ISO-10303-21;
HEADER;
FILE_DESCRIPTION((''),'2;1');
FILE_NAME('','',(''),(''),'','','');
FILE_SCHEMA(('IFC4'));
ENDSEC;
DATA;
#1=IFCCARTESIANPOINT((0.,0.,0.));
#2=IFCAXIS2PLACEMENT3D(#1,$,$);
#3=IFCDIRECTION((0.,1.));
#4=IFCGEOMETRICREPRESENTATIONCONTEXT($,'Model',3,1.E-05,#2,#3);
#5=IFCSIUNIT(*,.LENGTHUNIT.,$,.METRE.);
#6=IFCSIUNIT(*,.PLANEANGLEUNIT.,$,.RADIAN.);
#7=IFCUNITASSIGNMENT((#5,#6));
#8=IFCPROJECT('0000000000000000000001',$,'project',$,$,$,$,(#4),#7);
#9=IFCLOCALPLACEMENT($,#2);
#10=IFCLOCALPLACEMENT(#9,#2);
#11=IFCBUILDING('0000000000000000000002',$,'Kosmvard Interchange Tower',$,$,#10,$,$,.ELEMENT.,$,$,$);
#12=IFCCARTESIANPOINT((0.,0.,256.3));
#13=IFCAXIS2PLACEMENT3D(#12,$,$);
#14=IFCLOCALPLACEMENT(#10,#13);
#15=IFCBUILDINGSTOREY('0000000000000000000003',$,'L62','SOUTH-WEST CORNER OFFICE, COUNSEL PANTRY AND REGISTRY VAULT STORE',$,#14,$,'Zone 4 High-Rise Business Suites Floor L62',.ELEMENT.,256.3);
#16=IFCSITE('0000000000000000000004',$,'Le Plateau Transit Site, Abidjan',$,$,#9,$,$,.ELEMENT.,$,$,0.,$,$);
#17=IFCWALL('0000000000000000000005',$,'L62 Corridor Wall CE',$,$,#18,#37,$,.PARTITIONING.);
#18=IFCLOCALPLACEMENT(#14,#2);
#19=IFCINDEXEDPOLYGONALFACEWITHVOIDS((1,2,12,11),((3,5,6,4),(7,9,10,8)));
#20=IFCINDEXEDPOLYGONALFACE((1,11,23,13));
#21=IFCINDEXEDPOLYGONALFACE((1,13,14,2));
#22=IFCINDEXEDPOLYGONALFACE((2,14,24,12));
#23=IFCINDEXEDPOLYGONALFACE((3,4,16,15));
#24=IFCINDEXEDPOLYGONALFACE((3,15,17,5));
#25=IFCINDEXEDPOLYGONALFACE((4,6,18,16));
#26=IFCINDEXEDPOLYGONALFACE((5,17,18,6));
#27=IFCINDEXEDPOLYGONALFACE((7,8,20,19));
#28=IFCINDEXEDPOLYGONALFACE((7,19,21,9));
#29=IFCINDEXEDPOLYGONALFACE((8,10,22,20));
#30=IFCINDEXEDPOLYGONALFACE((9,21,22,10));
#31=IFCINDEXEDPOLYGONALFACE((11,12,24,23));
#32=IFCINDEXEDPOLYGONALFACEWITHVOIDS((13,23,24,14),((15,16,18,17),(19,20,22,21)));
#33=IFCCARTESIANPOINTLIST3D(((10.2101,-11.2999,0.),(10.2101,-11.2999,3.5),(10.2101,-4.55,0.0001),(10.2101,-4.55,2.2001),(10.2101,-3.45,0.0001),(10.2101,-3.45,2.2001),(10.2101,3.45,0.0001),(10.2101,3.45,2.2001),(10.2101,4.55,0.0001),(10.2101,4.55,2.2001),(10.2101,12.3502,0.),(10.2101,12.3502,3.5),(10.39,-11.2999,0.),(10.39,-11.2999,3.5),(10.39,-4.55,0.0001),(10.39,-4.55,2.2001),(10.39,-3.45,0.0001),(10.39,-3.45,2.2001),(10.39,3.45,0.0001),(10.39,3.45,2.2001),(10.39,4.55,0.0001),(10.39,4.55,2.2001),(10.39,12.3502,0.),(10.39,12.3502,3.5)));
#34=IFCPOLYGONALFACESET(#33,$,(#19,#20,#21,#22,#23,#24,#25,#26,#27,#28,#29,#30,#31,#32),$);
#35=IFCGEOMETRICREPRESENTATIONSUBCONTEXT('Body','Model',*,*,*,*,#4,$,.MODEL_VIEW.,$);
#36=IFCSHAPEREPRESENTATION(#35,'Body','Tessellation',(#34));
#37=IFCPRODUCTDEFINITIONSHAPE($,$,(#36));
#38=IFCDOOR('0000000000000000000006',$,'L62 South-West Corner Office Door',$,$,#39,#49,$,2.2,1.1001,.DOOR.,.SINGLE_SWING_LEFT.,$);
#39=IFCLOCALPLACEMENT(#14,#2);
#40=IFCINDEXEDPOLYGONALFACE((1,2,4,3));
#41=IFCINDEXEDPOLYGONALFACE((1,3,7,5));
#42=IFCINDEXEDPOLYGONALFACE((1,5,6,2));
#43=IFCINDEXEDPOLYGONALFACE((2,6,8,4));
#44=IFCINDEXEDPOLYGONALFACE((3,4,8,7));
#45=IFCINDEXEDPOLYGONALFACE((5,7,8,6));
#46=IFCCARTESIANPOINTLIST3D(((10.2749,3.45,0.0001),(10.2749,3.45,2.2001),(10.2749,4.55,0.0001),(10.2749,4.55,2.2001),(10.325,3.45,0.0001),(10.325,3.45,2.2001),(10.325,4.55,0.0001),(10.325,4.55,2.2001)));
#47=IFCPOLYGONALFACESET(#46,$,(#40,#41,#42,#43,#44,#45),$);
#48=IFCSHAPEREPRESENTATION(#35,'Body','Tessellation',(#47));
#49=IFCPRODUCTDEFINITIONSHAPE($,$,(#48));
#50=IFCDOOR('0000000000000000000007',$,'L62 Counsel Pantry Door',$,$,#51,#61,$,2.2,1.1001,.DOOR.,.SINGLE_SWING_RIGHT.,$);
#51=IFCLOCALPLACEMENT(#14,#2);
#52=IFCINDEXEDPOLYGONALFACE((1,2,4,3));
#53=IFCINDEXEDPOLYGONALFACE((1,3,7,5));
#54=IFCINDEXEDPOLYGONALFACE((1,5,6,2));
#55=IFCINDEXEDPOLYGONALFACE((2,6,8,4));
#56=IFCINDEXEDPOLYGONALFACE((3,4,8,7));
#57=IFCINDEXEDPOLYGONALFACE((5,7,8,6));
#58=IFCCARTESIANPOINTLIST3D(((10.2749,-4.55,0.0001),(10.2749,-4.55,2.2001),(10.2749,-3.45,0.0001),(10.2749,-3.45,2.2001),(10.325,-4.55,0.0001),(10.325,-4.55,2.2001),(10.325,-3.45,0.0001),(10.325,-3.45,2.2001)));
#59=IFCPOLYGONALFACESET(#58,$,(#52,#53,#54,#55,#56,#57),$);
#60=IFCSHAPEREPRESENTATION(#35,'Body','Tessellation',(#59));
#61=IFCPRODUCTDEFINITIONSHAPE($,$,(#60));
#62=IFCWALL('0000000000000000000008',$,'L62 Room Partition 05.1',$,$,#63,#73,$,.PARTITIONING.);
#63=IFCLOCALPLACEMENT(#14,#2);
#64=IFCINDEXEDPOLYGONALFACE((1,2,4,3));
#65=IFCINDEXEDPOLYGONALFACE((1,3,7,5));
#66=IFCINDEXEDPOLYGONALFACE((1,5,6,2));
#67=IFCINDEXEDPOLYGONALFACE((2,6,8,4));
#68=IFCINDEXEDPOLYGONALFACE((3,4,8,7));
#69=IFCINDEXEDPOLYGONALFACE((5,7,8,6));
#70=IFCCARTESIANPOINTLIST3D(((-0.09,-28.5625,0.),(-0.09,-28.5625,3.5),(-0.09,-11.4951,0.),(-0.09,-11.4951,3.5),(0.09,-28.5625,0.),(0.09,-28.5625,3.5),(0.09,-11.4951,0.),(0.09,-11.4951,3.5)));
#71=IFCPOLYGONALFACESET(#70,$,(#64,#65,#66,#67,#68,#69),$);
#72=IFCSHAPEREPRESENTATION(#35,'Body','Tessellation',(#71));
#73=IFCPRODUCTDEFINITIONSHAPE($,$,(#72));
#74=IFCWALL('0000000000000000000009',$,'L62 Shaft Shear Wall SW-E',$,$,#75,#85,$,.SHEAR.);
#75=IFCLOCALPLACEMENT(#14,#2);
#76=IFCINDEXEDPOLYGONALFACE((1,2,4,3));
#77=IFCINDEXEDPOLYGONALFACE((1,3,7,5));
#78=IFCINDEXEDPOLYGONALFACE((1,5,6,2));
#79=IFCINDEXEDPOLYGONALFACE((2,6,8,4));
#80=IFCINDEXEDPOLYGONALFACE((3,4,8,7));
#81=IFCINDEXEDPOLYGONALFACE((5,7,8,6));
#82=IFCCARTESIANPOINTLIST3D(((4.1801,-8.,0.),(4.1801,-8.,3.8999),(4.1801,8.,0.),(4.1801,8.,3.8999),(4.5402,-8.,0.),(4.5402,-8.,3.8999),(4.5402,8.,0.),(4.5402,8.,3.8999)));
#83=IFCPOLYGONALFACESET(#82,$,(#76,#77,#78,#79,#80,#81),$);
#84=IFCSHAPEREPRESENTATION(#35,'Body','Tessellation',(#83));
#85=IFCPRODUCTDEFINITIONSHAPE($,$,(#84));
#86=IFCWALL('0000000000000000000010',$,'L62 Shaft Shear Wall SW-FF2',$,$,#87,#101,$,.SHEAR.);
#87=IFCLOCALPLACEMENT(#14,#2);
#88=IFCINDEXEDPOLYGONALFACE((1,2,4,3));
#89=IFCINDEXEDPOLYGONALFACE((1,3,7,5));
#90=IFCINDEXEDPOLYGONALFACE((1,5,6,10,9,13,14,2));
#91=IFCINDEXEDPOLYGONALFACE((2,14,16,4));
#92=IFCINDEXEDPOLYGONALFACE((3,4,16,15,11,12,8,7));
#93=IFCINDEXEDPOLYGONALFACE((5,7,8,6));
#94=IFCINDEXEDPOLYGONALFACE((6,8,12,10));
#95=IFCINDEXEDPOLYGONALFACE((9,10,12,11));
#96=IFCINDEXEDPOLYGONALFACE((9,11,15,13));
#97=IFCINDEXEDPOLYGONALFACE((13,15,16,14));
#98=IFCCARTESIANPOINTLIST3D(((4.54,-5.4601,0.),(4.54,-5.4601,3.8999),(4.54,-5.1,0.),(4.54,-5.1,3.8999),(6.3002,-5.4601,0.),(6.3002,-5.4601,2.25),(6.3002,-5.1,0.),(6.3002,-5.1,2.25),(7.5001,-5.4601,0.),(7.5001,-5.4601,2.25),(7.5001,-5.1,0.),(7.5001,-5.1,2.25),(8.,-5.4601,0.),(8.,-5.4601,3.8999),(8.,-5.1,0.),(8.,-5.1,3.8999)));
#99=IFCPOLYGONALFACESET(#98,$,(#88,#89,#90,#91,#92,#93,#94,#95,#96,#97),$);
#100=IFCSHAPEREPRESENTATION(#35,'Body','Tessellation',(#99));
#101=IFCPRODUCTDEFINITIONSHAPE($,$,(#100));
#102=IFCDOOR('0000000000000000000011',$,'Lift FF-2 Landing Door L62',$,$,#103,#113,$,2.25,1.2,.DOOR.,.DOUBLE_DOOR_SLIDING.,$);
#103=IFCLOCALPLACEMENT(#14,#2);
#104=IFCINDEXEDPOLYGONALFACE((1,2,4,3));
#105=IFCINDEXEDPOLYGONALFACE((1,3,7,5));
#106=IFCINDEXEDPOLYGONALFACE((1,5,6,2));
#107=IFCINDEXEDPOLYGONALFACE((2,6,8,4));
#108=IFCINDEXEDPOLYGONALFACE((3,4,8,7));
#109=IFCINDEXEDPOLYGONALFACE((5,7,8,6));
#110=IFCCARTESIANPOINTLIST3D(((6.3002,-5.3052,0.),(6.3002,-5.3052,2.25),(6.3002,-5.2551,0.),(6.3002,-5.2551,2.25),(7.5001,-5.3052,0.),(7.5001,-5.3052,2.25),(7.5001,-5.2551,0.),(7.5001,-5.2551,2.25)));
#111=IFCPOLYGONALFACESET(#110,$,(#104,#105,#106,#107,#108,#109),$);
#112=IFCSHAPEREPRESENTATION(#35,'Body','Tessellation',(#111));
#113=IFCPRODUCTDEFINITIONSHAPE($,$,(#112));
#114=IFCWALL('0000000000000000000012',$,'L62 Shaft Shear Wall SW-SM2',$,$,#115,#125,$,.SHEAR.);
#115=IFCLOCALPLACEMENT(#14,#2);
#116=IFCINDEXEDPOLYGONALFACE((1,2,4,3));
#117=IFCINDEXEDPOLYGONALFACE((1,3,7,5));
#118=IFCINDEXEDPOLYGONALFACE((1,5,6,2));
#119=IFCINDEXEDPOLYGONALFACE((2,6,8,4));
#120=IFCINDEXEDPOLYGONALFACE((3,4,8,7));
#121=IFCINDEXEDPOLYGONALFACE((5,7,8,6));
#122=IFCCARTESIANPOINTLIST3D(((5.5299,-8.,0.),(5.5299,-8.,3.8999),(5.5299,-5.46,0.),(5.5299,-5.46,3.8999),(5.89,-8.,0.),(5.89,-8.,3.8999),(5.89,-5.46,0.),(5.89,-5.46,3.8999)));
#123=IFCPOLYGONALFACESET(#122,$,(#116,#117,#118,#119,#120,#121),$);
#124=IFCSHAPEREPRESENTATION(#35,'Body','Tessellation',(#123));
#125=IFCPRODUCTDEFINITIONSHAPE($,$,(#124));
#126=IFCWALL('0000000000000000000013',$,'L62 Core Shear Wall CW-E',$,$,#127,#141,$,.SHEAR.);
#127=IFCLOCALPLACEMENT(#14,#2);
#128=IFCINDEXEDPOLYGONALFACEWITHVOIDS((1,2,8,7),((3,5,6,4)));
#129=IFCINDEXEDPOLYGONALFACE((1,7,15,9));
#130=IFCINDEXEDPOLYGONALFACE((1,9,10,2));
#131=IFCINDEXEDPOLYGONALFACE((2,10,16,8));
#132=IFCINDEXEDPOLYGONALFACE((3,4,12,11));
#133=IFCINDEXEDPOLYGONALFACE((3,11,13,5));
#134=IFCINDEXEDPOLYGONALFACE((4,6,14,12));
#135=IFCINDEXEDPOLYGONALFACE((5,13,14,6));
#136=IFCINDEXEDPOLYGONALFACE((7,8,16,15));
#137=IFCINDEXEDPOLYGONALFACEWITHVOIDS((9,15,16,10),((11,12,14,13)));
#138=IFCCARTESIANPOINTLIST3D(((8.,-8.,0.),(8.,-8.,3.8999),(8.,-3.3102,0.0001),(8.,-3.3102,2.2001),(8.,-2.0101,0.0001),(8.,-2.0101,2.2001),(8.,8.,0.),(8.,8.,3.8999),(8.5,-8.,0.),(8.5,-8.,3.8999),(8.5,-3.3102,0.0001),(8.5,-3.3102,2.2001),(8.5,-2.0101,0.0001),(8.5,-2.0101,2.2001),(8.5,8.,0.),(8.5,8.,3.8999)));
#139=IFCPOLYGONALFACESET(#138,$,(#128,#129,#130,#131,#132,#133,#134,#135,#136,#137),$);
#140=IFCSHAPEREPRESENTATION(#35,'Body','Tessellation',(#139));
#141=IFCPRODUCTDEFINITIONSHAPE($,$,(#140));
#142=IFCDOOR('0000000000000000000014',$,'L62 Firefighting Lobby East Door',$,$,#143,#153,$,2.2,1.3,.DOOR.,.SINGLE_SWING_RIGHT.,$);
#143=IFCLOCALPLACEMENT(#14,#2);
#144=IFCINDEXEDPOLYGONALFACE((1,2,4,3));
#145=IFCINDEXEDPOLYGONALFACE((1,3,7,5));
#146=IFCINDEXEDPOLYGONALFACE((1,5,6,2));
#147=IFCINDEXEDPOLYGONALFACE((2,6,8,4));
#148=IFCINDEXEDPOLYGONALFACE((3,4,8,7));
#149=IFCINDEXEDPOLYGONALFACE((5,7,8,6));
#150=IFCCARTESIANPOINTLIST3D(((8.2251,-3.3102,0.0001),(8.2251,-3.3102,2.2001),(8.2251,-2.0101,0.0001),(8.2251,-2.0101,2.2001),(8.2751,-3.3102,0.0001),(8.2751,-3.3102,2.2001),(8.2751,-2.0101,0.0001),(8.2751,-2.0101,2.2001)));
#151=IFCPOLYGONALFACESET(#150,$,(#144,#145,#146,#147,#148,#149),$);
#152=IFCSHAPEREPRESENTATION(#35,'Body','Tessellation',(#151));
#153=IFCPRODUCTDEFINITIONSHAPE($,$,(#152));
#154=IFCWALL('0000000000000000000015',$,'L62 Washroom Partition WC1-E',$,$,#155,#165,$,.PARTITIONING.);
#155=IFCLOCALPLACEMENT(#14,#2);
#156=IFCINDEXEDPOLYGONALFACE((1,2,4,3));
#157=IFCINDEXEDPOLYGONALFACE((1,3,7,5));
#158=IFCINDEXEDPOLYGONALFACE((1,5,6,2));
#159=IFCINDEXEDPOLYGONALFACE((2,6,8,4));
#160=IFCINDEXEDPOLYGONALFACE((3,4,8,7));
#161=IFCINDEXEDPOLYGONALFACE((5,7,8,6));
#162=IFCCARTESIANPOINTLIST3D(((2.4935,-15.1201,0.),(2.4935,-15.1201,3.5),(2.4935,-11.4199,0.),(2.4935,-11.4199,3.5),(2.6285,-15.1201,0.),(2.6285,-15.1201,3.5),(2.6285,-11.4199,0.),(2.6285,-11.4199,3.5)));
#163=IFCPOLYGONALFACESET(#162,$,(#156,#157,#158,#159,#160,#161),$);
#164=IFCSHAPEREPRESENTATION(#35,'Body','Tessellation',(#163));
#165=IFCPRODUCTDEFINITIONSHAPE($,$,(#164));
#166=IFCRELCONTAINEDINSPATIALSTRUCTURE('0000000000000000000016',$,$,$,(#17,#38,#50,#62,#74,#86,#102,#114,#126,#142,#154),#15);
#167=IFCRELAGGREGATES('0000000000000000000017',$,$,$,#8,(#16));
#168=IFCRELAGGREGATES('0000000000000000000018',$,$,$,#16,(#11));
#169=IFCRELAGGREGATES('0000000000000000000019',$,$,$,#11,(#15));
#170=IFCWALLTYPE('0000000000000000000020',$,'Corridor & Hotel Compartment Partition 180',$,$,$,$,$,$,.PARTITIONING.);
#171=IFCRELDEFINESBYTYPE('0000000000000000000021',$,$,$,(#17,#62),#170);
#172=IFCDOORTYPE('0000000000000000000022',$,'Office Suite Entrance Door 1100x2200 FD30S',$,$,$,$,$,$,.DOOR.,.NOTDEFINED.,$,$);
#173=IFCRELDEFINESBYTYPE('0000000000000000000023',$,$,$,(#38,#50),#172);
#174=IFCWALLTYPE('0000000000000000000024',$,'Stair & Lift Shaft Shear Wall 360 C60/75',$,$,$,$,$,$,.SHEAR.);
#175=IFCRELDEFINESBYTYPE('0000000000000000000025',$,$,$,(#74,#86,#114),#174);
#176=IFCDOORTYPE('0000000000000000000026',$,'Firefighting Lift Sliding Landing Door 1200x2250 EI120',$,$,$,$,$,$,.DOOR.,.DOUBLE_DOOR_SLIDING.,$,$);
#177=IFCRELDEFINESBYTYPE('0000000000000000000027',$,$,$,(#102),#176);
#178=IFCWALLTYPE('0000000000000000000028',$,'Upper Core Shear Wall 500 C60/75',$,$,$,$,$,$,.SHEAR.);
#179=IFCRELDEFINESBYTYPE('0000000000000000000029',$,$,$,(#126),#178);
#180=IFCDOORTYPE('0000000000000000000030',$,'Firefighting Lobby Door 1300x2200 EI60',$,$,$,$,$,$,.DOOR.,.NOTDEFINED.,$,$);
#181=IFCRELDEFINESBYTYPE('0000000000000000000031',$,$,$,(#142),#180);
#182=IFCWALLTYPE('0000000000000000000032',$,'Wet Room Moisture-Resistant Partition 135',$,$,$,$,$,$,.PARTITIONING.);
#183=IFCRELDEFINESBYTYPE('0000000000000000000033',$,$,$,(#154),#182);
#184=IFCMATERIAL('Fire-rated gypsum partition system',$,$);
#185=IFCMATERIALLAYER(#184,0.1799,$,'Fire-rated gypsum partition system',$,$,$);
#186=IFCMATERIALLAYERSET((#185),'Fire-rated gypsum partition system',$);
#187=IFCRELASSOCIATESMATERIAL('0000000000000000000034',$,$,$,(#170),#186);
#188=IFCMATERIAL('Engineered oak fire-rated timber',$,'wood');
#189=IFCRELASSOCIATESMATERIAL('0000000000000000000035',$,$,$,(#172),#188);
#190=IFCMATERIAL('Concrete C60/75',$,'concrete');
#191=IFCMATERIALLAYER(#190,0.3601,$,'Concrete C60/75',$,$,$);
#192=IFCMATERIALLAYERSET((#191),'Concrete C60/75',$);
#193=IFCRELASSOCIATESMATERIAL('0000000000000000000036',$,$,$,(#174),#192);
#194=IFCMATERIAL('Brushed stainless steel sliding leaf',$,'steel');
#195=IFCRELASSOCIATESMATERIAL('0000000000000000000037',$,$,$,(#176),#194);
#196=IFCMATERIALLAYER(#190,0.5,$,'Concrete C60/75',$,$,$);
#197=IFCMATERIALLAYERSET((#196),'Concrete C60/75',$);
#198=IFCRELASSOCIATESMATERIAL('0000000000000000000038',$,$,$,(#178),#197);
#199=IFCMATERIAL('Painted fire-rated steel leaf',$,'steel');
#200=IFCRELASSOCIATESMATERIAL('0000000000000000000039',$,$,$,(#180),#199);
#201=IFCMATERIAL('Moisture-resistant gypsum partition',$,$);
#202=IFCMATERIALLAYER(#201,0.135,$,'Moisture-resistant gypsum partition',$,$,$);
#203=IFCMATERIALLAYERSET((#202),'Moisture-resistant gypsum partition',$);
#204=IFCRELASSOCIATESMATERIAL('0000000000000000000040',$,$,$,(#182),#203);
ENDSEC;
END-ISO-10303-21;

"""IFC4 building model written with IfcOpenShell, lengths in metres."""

from ifc_helpers import new_model, si_unit, direction, frame, frame_2d, origin, place, context, subcontext, project, spatial, rectangle, extrude, source, transform, mapped, material, layer, layer_set, type_object, element, fill, save


model = new_model("IFC4")

# Units and contexts
model_context = context("Model", 3, precision=1e-05, world=origin(), true_north=direction((0.0, 1.0)))
body_context = subcontext(model_context, "Body", "Model", "MODEL_VIEW")
ifc_project = project(units=[si_unit("LENGTHUNIT", "METRE"), si_unit("PLANEANGLEUNIT", "RADIAN")], contexts=[model_context])

# Site, building, storey
site_placement = place(None, origin())
site = spatial("IfcSite", under=ifc_project, at=site_placement, Name="Le Plateau Transit Site, Abidjan", CompositionType="ELEMENT", RefElevation=0.0)
building_placement = place(site_placement, origin())
building = spatial("IfcBuilding", under=site, at=building_placement, Name="Kosmvard Interchange Tower", CompositionType="ELEMENT")
storey_placement = place(building_placement, frame((0.0, 0.0, 256.3)))
storey = spatial("IfcBuildingStorey", under=building, at=storey_placement, Name="L62", Description="SOUTH-WEST CORNER OFFICE, COUNSEL PANTRY AND REGISTRY VAULT STORE", LongName="Zone 4 High-Rise Business Suites Floor L62", CompositionType="ELEMENT", Elevation=256.3)

# Shared definitions
ifc_material_1 = material(Name="Concrete C60/75", Category="concrete")

# Wall, openings, doors
ifc_material_2 = material(Name="Fire-rated gypsum partition system")
ifc_layer_1 = layer(ifc_material_2, 0.1799, Name="Fire-rated gypsum partition system")
ifc_layer_set_1 = layer_set([ifc_layer_1], Name="Fire-rated gypsum partition system")
wall_type_1 = type_object("IfcWallType", Name="Corridor & Hotel Compartment Partition 180", PredefinedType="PARTITIONING", material=ifc_layer_set_1)
ifc_material_3 = material(Name="Painted fire-rated steel leaf", Category="steel")
ifc_material_4 = material(Name="Brushed stainless steel sliding leaf", Category="steel")
shared_shape_1 = source(origin(), body_context, "Body", "SweptSolid", [
    extrude(rectangle(XDim=1.1001, YDim=2.2, at=frame_2d((0.55, 1.1001))), frame((0.0, 0.0249, 0.0), z_axis=(0.0, -1.0, 0.0), x_axis=(1.0, 0.0, 0.0)), (0.0, 0.0, 1.0), 0.05),
])
wall_1_placement = place(storey_placement, frame((10.3, -11.3, 0.0), z_axis=(0.0, 0.0, 1.0), x_axis=(0.0, 1.0, 0.0)))
wall_1 = element("IfcWall", 1, at=wall_1_placement, inside=storey, type_object=wall_type_1, Name="L62 Corridor Wall CE", PredefinedType="PARTITIONING", context=body_context, shape_type="SweptSolid", body=[
    extrude(rectangle(XDim=23.6501, YDim=0.1799, at=frame_2d((11.8252, 0.0))), origin(), (0.0, 0.0, 1.0), 3.5),
])
opening_1_placement = place(wall_1_placement, frame((14.75, 0.0, 0.0)))
opening_1 = element("IfcOpeningElement", 2, at=opening_1_placement, cuts=wall_1, PredefinedType="OPENING", context=body_context, shape_type="SweptSolid", body=[
    extrude(rectangle(XDim=1.1001, YDim=2.2, at=frame_2d((0.55, 1.1001))), frame((0.0, 0.1001, 0.0), z_axis=(0.0, -1.0, 0.0), x_axis=(1.0, 0.0, 0.0)), (0.0, 0.0, 1.0), 0.2),
])
opening_2_placement = place(wall_1_placement, frame((6.75, 0.0, 0.0)))
opening_2 = element("IfcOpeningElement", 3, at=opening_2_placement, cuts=wall_1, PredefinedType="OPENING", context=body_context, shape_type="SweptSolid", body=[
    extrude(rectangle(XDim=1.1001, YDim=2.2, at=frame_2d((0.55, 1.1001))), frame((0.0, 0.1001, 0.0), z_axis=(0.0, -1.0, 0.0), x_axis=(1.0, 0.0, 0.0)), (0.0, 0.0, 1.0), 0.2),
])
ifc_material_5 = material(Name="Engineered oak fire-rated timber", Category="wood")
door_type_1 = type_object("IfcDoorType", Name="Office Suite Entrance Door 1100x2200 FD30S", OperationType="NOTDEFINED", PredefinedType="DOOR", material=ifc_material_5)
door_1_placement = place(opening_1_placement, frame((1.1001, 0.0, 0.0), z_axis=(0.0, 0.0, 1.0), x_axis=(-1.0, 0.0, 0.0)))
door_1 = element("IfcDoor", 4, at=door_1_placement, inside=storey, type_object=door_type_1, Name="L62 South-West Corner Office Door", OperationType="SINGLE_SWING_LEFT", OverallHeight=2.2, OverallWidth=1.1001, PredefinedType="DOOR", context=body_context, shape_type="MappedRepresentation", body=[
    mapped(shared_shape_1, transform((0.0, 0.0, 0.0), scale=1.0)),
])
fill(opening_1, door_1)
door_2_placement = place(opening_2_placement, frame((1.1001, 0.0, 0.0), z_axis=(0.0, 0.0, 1.0), x_axis=(-1.0, 0.0, 0.0)))
door_2 = element("IfcDoor", 5, at=door_2_placement, inside=storey, type_object=door_type_1, Name="L62 Counsel Pantry Door", OperationType="SINGLE_SWING_RIGHT", OverallHeight=2.2, OverallWidth=1.1001, PredefinedType="DOOR", context=body_context, shape_type="MappedRepresentation", body=[
    mapped(shared_shape_1, transform((0.0, 0.0, 0.0), scale=1.0)),
])
fill(opening_2, door_2)

# Walls
wall_2_placement = place(storey_placement, frame((0.0, -11.4951, 0.0), z_axis=(0.0, 0.0, 1.0), x_axis=(0.0, -1.0, 0.0)))
element("IfcWall", 6, at=wall_2_placement, inside=storey, type_object=wall_type_1, Name="L62 Room Partition 05.1", PredefinedType="PARTITIONING", context=body_context, shape_type="SweptSolid", body=[
    extrude(rectangle(XDim=17.0674, YDim=0.1799, at=frame_2d((8.5337, 0.0))), origin(), (0.0, 0.0, 1.0), 3.5),
])
ifc_layer_2 = layer(ifc_material_1, 0.3601, Name="Concrete C60/75")
ifc_layer_set_2 = layer_set([ifc_layer_2], Name="Concrete C60/75")
wall_type_2 = type_object("IfcWallType", Name="Stair & Lift Shaft Shear Wall 360 C60/75", PredefinedType="SHEAR", material=ifc_layer_set_2)
wall_3_placement = place(storey_placement, frame((4.3601, -8.0, 0.0), z_axis=(0.0, 0.0, 1.0), x_axis=(0.0, 1.0, 0.0)))
element("IfcWall", 7, at=wall_3_placement, inside=storey, type_object=wall_type_2, Name="L62 Shaft Shear Wall SW-E", PredefinedType="SHEAR", context=body_context, shape_type="SweptSolid", body=[
    extrude(rectangle(XDim=16.0, YDim=0.3601, at=frame_2d((8.0, 0.0))), origin(), (0.0, 0.0, 1.0), 3.8999),
])

# Wall, opening, door
wall_4_placement = place(storey_placement, frame((4.54, -5.28, 0.0), z_axis=(0.0, 0.0, 1.0), x_axis=(1.0, 0.0, 0.0)))
wall_4 = element("IfcWall", 8, at=wall_4_placement, inside=storey, type_object=wall_type_2, Name="L62 Shaft Shear Wall SW-FF2", PredefinedType="SHEAR", context=body_context, shape_type="SweptSolid", body=[
    extrude(rectangle(XDim=3.46, YDim=0.3601, at=frame_2d((1.73, 0.0))), origin(), (0.0, 0.0, 1.0), 3.8999),
])
opening_3_placement = place(wall_4_placement, frame((1.76, 0.0, 0.0)))
opening_3 = element("IfcOpeningElement", 9, at=opening_3_placement, cuts=wall_4, PredefinedType="OPENING", context=body_context, shape_type="SweptSolid", body=[
    extrude(rectangle(XDim=1.2, YDim=2.25, at=frame_2d((0.6001, 1.125))), frame((0.0, 0.1899, 0.0), z_axis=(0.0, -1.0, 0.0), x_axis=(1.0, 0.0, 0.0)), (0.0, 0.0, 1.0), 0.3801),
])
door_type_2 = type_object("IfcDoorType", Name="Firefighting Lift Sliding Landing Door 1200x2250 EI120", OperationType="DOUBLE_DOOR_SLIDING", PredefinedType="DOOR", material=ifc_material_4)
shared_shape_2 = source(origin(), body_context, "Body", "SweptSolid", [
    extrude(rectangle(XDim=1.2, YDim=2.25, at=frame_2d((0.6001, 1.125))), frame((0.0, 0.0249, 0.0), z_axis=(0.0, -1.0, 0.0), x_axis=(1.0, 0.0, 0.0)), (0.0, 0.0, 1.0), 0.05),
])
door_3_placement = place(opening_3_placement, origin())
door_3 = element("IfcDoor", 10, at=door_3_placement, inside=storey, type_object=door_type_2, Name="Lift FF-2 Landing Door L62", OperationType="DOUBLE_DOOR_SLIDING", OverallHeight=2.25, OverallWidth=1.2, PredefinedType="DOOR", context=body_context, shape_type="MappedRepresentation", body=[
    mapped(shared_shape_2, transform((0.0, 0.0, 0.0), scale=1.0)),
])
fill(opening_3, door_3)

# Wall
wall_5_placement = place(storey_placement, frame((5.71, -8.0, 0.0), z_axis=(0.0, 0.0, 1.0), x_axis=(0.0, 1.0, 0.0)))
element("IfcWall", 11, at=wall_5_placement, inside=storey, type_object=wall_type_2, Name="L62 Shaft Shear Wall SW-SM2", PredefinedType="SHEAR", context=body_context, shape_type="SweptSolid", body=[
    extrude(rectangle(XDim=2.54, YDim=0.3601, at=frame_2d((1.27, 0.0))), origin(), (0.0, 0.0, 1.0), 3.8999),
])

# Wall, opening, door
ifc_layer_3 = layer(ifc_material_1, 0.5, Name="Concrete C60/75")
ifc_layer_set_3 = layer_set([ifc_layer_3], Name="Concrete C60/75")
wall_type_3 = type_object("IfcWallType", Name="Upper Core Shear Wall 500 C60/75", PredefinedType="SHEAR", material=ifc_layer_set_3)
wall_6_placement = place(storey_placement, frame((8.25, -8.0, 0.0), z_axis=(0.0, 0.0, 1.0), x_axis=(0.0, 1.0, 0.0)))
wall_6 = element("IfcWall", 12, at=wall_6_placement, inside=storey, type_object=wall_type_3, Name="L62 Core Shear Wall CW-E", PredefinedType="SHEAR", context=body_context, shape_type="SweptSolid", body=[
    extrude(rectangle(XDim=16.0, YDim=0.5, at=frame_2d((8.0, 0.0))), origin(), (0.0, 0.0, 1.0), 3.8999),
])
opening_4_placement = place(wall_6_placement, frame((4.6899, 0.0, 0.0)))
opening_4 = element("IfcOpeningElement", 13, at=opening_4_placement, cuts=wall_6, PredefinedType="OPENING", context=body_context, shape_type="SweptSolid", body=[
    extrude(rectangle(XDim=1.3, YDim=2.2, at=frame_2d((0.6499, 1.1001))), frame((0.0, 0.26, 0.0), z_axis=(0.0, -1.0, 0.0), x_axis=(1.0, 0.0, 0.0)), (0.0, 0.0, 1.0), 0.52),
])
door_type_3 = type_object("IfcDoorType", Name="Firefighting Lobby Door 1300x2200 EI60", OperationType="NOTDEFINED", PredefinedType="DOOR", material=ifc_material_3)
shared_shape_3 = source(origin(), body_context, "Body", "SweptSolid", [
    extrude(rectangle(XDim=1.3, YDim=2.2, at=frame_2d((0.6499, 1.1001))), frame((0.0, 0.0249, 0.0), z_axis=(0.0, -1.0, 0.0), x_axis=(1.0, 0.0, 0.0)), (0.0, 0.0, 1.0), 0.05),
])
door_4_placement = place(opening_4_placement, origin())
door_4 = element("IfcDoor", 14, at=door_4_placement, inside=storey, type_object=door_type_3, Name="L62 Firefighting Lobby East Door", OperationType="SINGLE_SWING_RIGHT", OverallHeight=2.2, OverallWidth=1.3, PredefinedType="DOOR", context=body_context, shape_type="MappedRepresentation", body=[
    mapped(shared_shape_3, transform((0.0, 0.0, 0.0), scale=1.0)),
])
fill(opening_4, door_4)

# Wall
ifc_material_6 = material(Name="Moisture-resistant gypsum partition")
ifc_layer_4 = layer(ifc_material_6, 0.135, Name="Moisture-resistant gypsum partition")
ifc_layer_set_4 = layer_set([ifc_layer_4], Name="Moisture-resistant gypsum partition")
wall_type_4 = type_object("IfcWallType", Name="Wet Room Moisture-Resistant Partition 135", PredefinedType="PARTITIONING", material=ifc_layer_set_4)
wall_7_placement = place(storey_placement, frame((2.561, -15.1201, 0.0), z_axis=(0.0, 0.0, 1.0), x_axis=(0.0, 1.0, 0.0)))
element("IfcWall", 15, at=wall_7_placement, inside=storey, type_object=wall_type_4, Name="L62 Washroom Partition WC1-E", PredefinedType="PARTITIONING", context=body_context, shape_type="SweptSolid", body=[
    extrude(rectangle(XDim=3.7002, YDim=0.135, at=frame_2d((1.8501, 0.0))), origin(), (0.0, 0.0, 1.0), 3.5),
])

save(model, "model.ifc")
